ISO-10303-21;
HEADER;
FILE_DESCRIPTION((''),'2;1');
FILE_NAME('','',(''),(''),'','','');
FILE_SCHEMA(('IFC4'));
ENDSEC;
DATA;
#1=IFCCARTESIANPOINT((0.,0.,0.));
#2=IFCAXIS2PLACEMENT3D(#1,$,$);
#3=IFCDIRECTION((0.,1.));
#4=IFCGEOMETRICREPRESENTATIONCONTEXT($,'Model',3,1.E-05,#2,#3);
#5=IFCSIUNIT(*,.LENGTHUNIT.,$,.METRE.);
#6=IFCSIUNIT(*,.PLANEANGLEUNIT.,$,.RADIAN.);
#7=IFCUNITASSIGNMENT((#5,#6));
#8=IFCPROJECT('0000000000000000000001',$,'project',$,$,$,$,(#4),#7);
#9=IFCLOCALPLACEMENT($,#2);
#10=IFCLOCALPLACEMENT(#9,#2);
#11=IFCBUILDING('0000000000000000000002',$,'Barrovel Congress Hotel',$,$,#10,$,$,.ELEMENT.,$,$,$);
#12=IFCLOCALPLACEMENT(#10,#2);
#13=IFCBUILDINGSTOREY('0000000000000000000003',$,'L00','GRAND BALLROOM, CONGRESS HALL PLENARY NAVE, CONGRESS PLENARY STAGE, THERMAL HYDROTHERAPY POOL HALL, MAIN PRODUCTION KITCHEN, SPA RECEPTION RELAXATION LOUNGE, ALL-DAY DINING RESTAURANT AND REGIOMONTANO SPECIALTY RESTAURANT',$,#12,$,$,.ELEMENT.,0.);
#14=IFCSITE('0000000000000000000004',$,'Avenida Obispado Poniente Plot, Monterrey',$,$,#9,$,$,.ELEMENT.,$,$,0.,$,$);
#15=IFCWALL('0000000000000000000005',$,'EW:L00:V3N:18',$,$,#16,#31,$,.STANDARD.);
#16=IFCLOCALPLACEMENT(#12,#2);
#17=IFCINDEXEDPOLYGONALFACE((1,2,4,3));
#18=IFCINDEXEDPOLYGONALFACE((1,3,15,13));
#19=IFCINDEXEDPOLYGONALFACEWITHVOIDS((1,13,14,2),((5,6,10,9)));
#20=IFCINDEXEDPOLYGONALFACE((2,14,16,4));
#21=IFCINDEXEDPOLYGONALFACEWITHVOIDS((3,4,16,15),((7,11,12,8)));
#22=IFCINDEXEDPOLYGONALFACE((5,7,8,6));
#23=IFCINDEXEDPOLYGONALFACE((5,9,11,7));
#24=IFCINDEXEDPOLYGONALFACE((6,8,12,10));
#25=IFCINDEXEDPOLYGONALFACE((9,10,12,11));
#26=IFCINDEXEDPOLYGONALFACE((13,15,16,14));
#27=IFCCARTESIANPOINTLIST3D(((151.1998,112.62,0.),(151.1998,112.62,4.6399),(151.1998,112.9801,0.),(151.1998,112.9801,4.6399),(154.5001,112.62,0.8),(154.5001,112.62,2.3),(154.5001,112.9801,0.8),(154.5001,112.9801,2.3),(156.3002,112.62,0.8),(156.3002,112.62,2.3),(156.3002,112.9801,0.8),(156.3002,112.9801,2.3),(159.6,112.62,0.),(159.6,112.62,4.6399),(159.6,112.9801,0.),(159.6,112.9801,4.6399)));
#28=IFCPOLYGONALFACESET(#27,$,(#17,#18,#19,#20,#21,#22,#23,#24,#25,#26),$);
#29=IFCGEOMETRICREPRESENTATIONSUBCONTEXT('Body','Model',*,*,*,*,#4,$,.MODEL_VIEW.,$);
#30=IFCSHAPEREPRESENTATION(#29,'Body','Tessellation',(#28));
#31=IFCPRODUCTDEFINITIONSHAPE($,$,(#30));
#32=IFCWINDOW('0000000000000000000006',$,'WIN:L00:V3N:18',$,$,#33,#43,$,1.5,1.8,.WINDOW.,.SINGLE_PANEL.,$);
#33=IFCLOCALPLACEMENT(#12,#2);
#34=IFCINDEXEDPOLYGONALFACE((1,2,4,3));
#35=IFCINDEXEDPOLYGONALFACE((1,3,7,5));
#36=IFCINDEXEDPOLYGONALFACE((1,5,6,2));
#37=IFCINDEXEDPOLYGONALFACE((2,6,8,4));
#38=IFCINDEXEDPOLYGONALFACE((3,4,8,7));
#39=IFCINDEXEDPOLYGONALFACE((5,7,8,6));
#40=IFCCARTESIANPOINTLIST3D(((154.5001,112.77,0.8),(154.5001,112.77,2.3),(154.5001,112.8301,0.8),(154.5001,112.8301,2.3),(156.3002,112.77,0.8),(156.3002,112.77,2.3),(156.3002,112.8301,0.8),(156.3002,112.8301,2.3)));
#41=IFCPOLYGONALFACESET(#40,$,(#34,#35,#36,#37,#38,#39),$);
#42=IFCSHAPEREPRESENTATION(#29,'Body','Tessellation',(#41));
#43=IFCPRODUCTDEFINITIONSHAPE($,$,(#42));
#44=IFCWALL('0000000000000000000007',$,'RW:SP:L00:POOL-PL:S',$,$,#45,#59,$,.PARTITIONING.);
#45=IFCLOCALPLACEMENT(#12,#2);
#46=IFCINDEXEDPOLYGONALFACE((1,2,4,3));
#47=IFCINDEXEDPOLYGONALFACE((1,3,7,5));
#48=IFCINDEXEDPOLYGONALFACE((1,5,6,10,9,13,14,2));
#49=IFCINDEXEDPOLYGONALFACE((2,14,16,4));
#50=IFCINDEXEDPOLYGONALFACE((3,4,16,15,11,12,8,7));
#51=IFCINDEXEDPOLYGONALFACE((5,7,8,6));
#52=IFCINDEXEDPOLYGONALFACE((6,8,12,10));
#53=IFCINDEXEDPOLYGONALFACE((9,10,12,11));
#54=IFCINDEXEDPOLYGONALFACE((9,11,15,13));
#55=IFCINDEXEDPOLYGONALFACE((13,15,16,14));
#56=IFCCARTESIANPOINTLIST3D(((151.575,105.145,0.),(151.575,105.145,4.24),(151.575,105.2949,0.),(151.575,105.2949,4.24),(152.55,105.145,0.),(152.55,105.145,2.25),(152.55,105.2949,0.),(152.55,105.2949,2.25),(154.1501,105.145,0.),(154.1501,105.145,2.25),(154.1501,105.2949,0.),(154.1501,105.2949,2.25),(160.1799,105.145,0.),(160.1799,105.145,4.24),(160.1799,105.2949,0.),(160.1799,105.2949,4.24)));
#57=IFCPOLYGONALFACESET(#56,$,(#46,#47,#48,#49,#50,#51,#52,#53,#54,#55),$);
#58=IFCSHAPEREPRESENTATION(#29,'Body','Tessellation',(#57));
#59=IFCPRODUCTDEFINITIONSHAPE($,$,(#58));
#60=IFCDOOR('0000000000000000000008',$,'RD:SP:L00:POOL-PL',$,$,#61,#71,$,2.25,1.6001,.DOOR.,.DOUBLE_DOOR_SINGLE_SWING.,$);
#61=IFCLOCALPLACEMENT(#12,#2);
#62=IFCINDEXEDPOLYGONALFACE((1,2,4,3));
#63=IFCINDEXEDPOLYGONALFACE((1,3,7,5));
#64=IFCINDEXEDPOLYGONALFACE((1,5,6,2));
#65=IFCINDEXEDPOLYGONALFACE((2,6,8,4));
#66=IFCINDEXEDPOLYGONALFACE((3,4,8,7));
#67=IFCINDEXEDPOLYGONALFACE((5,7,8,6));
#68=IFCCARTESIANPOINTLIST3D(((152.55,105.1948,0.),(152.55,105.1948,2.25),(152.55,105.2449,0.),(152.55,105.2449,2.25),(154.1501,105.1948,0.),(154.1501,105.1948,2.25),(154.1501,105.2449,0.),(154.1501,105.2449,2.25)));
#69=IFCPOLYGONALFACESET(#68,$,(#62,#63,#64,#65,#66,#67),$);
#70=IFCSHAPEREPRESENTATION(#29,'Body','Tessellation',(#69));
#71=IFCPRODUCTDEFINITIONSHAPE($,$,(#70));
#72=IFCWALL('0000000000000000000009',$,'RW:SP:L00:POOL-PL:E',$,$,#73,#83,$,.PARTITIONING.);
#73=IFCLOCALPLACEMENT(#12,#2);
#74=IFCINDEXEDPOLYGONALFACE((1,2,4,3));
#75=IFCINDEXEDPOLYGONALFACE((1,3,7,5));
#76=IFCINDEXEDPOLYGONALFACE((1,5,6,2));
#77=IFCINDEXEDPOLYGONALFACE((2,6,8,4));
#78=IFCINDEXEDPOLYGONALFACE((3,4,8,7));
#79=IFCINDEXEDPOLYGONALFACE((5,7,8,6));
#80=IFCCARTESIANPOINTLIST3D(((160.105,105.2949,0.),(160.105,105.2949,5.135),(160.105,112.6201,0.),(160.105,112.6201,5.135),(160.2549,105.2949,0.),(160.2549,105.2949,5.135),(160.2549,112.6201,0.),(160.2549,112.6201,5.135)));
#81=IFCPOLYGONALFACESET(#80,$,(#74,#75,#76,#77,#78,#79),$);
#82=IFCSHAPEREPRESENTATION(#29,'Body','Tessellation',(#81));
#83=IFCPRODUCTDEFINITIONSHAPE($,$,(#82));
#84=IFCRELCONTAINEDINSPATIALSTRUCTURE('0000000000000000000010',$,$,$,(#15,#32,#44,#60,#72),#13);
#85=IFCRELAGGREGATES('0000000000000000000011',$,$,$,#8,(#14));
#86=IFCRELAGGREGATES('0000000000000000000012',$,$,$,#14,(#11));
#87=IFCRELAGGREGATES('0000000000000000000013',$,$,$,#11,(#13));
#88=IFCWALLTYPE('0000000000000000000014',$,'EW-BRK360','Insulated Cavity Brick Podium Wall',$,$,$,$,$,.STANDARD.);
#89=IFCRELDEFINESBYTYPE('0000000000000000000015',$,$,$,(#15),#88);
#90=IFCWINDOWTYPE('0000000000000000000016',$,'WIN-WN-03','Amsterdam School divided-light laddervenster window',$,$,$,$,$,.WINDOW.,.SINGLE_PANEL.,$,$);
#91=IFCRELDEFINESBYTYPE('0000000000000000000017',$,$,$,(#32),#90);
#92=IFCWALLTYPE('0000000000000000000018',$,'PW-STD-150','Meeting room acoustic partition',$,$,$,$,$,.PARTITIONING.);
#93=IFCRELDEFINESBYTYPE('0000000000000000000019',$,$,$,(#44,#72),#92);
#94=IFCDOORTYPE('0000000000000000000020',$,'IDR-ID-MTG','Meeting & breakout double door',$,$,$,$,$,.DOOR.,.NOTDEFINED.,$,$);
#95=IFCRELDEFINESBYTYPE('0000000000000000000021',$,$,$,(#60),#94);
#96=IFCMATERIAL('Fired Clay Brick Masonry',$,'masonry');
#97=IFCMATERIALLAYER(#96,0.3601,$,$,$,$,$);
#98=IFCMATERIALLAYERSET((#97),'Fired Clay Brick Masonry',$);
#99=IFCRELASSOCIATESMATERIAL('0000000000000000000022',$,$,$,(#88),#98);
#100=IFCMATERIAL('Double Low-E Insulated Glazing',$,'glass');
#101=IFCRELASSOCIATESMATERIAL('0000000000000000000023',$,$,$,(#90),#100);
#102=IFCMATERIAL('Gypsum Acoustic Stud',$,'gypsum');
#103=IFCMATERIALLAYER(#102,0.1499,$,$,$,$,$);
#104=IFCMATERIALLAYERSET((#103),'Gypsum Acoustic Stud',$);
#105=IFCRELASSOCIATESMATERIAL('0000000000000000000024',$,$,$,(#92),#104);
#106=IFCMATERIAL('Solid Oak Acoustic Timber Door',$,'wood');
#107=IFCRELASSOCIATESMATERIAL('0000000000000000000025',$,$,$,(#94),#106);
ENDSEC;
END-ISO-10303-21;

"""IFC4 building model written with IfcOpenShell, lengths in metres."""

from ifc_helpers import new_model, si_unit, direction, frame, frame_2d, origin, place, context, subcontext, project, spatial, rectangle, extrude, material, layer, layer_set, type_object, element, fill, save


model = new_model("IFC4")

# Units and contexts
model_context = context("Model", 3, precision=1e-05, world=origin(), true_north=direction((0.0, 1.0)))
body_context = subcontext(model_context, "Body", "Model", "MODEL_VIEW")
ifc_project = project(units=[si_unit("LENGTHUNIT", "METRE"), si_unit("PLANEANGLEUNIT", "RADIAN")], contexts=[model_context])

# Site, building, storey
site_placement = place(None, origin())
site = spatial("IfcSite", under=ifc_project, at=site_placement, Name="Avenida Obispado Poniente Plot, Monterrey", CompositionType="ELEMENT", RefElevation=0.0)
building_placement = place(site_placement, origin())
building = spatial("IfcBuilding", under=site, at=building_placement, Name="Barrovel Congress Hotel", CompositionType="ELEMENT")
storey_placement = place(building_placement, origin())
storey = spatial("IfcBuildingStorey", under=building, at=storey_placement, Name="L00", Description="GRAND BALLROOM, CONGRESS HALL PLENARY NAVE, CONGRESS PLENARY STAGE, THERMAL HYDROTHERAPY POOL HALL, MAIN PRODUCTION KITCHEN, SPA RECEPTION RELAXATION LOUNGE, ALL-DAY DINING RESTAURANT AND REGIOMONTANO SPECIALTY RESTAURANT", CompositionType="ELEMENT", Elevation=0.0)

# Wall, opening, window
ifc_material_1 = material(Name="Fired Clay Brick Masonry", Category="masonry")
ifc_layer_1 = layer(ifc_material_1, 0.3601)
ifc_layer_set_1 = layer_set([ifc_layer_1], Name="Fired Clay Brick Masonry")
wall_type_1 = type_object("IfcWallType", Name="EW-BRK360", Description="Insulated Cavity Brick Podium Wall", PredefinedType="STANDARD", material=ifc_layer_set_1)
wall_1_placement = place(storey_placement, frame((159.6001, 112.8, 0.0), z_axis=(0.0, 0.0, 1.0), x_axis=(-1.0, 0.0, 0.0)))
wall_1 = element("IfcWall", 1, at=wall_1_placement, inside=storey, type_object=wall_type_1, Name="EW:L00:V3N:18", PredefinedType="STANDARD", context=body_context, shape_type="SweptSolid", body=[
    extrude(rectangle(XDim=8.4001, YDim=0.3601, at=frame_2d((4.2002, 0.0))), origin(), (0.0, 0.0, 1.0), 4.6399),
])
opening_1_placement = place(wall_1_placement, frame((3.3, 0.0, 0.8)))
opening_1 = element("IfcOpeningElement", 2, at=opening_1_placement, cuts=wall_1, PredefinedType="OPENING", context=body_context, shape_type="SweptSolid", body=[
    extrude(rectangle(XDim=1.8, YDim=1.5, at=frame_2d((0.8999, 0.75))), frame((0.0, 0.1899, 0.0), z_axis=(0.0, -1.0, 0.0), x_axis=(1.0, 0.0, 0.0)), (0.0, 0.0, 1.0), 0.3801),
])
ifc_material_2 = material(Name="Double Low-E Insulated Glazing", Category="glass")
window_type = type_object("IfcWindowType", Name="WIN-WN-03", Description="Amsterdam School divided-light laddervenster window", PartitioningType="SINGLE_PANEL", PredefinedType="WINDOW", material=ifc_material_2)
window_placement = place(opening_1_placement, origin())
window = element("IfcWindow", 3, at=window_placement, inside=storey, type_object=window_type, Name="WIN:L00:V3N:18", OverallHeight=1.5, OverallWidth=1.8, PartitioningType="SINGLE_PANEL", PredefinedType="WINDOW", context=body_context, shape_type="SweptSolid", body=[
    extrude(rectangle(XDim=1.8, YDim=1.5, at=frame_2d((0.8999, 0.75))), frame((0.0, 0.03, 0.0), z_axis=(0.0, -1.0, 0.0), x_axis=(1.0, 0.0, 0.0)), (0.0, 0.0, 1.0), 0.0601),
])
fill(opening_1, window)

# Wall, opening, door
ifc_material_3 = material(Name="Gypsum Acoustic Stud", Category="gypsum")
ifc_layer_2 = layer(ifc_material_3, 0.1499)
ifc_layer_set_2 = layer_set([ifc_layer_2], Name="Gypsum Acoustic Stud")
wall_type_2 = type_object("IfcWallType", Name="PW-STD-150", Description="Meeting room acoustic partition", PredefinedType="PARTITIONING", material=ifc_layer_set_2)
wall_2_placement = place(storey_placement, frame((151.575, 105.22, 0.0), z_axis=(0.0, 0.0, 1.0), x_axis=(1.0, 0.0, 0.0)))
wall_2 = element("IfcWall", 4, at=wall_2_placement, inside=storey, type_object=wall_type_2, Name="RW:SP:L00:POOL-PL:S", PredefinedType="PARTITIONING", context=body_context, shape_type="SweptSolid", body=[
    extrude(rectangle(XDim=8.605, YDim=0.1499, at=frame_2d((4.3025, 0.0))), origin(), (0.0, 0.0, 1.0), 4.24),
])
opening_2_placement = place(wall_2_placement, frame((0.9751, 0.0, 0.0)))
opening_2 = element("IfcOpeningElement", 5, at=opening_2_placement, cuts=wall_2, PredefinedType="OPENING", context=body_context, shape_type="SweptSolid", body=[
    extrude(rectangle(XDim=1.6001, YDim=2.25, at=frame_2d((0.8, 1.125))), frame((0.0, 0.085, 0.0), z_axis=(0.0, -1.0, 0.0), x_axis=(1.0, 0.0, 0.0)), (0.0, 0.0, 1.0), 0.1699),
])
ifc_material_4 = material(Name="Solid Oak Acoustic Timber Door", Category="wood")
door_type_1 = type_object("IfcDoorType", Name="IDR-ID-MTG", Description="Meeting & breakout double door", OperationType="NOTDEFINED", PredefinedType="DOOR", material=ifc_material_4)
door_1_placement = place(opening_2_placement, origin())
door_1 = element("IfcDoor", 6, at=door_1_placement, inside=storey, type_object=door_type_1, Name="RD:SP:L00:POOL-PL", OperationType="DOUBLE_DOOR_SINGLE_SWING", OverallHeight=2.25, OverallWidth=1.6001, PredefinedType="DOOR", context=body_context, shape_type="SweptSolid", body=[
    extrude(rectangle(XDim=1.6001, YDim=2.25, at=frame_2d((0.8, 1.125))), frame((0.0, 0.0249, 0.0), z_axis=(0.0, -1.0, 0.0), x_axis=(1.0, 0.0, 0.0)), (0.0, 0.0, 1.0), 0.05),
])
fill(opening_2, door_1)

# Wall
wall_3_placement = place(storey_placement, frame((160.1799, 105.2949, 0.0), z_axis=(0.0, 0.0, 1.0), x_axis=(0.0, 1.0, 0.0)))
element("IfcWall", 7, at=wall_3_placement, inside=storey, type_object=wall_type_2, Name="RW:SP:L00:POOL-PL:E", PredefinedType="PARTITIONING", context=body_context, shape_type="SweptSolid", body=[
    extrude(rectangle(XDim=7.3252, YDim=0.1499, at=frame_2d((3.6626, 0.0))), origin(), (0.0, 0.0, 1.0), 5.135),
])

save(model, "model.ifc")
